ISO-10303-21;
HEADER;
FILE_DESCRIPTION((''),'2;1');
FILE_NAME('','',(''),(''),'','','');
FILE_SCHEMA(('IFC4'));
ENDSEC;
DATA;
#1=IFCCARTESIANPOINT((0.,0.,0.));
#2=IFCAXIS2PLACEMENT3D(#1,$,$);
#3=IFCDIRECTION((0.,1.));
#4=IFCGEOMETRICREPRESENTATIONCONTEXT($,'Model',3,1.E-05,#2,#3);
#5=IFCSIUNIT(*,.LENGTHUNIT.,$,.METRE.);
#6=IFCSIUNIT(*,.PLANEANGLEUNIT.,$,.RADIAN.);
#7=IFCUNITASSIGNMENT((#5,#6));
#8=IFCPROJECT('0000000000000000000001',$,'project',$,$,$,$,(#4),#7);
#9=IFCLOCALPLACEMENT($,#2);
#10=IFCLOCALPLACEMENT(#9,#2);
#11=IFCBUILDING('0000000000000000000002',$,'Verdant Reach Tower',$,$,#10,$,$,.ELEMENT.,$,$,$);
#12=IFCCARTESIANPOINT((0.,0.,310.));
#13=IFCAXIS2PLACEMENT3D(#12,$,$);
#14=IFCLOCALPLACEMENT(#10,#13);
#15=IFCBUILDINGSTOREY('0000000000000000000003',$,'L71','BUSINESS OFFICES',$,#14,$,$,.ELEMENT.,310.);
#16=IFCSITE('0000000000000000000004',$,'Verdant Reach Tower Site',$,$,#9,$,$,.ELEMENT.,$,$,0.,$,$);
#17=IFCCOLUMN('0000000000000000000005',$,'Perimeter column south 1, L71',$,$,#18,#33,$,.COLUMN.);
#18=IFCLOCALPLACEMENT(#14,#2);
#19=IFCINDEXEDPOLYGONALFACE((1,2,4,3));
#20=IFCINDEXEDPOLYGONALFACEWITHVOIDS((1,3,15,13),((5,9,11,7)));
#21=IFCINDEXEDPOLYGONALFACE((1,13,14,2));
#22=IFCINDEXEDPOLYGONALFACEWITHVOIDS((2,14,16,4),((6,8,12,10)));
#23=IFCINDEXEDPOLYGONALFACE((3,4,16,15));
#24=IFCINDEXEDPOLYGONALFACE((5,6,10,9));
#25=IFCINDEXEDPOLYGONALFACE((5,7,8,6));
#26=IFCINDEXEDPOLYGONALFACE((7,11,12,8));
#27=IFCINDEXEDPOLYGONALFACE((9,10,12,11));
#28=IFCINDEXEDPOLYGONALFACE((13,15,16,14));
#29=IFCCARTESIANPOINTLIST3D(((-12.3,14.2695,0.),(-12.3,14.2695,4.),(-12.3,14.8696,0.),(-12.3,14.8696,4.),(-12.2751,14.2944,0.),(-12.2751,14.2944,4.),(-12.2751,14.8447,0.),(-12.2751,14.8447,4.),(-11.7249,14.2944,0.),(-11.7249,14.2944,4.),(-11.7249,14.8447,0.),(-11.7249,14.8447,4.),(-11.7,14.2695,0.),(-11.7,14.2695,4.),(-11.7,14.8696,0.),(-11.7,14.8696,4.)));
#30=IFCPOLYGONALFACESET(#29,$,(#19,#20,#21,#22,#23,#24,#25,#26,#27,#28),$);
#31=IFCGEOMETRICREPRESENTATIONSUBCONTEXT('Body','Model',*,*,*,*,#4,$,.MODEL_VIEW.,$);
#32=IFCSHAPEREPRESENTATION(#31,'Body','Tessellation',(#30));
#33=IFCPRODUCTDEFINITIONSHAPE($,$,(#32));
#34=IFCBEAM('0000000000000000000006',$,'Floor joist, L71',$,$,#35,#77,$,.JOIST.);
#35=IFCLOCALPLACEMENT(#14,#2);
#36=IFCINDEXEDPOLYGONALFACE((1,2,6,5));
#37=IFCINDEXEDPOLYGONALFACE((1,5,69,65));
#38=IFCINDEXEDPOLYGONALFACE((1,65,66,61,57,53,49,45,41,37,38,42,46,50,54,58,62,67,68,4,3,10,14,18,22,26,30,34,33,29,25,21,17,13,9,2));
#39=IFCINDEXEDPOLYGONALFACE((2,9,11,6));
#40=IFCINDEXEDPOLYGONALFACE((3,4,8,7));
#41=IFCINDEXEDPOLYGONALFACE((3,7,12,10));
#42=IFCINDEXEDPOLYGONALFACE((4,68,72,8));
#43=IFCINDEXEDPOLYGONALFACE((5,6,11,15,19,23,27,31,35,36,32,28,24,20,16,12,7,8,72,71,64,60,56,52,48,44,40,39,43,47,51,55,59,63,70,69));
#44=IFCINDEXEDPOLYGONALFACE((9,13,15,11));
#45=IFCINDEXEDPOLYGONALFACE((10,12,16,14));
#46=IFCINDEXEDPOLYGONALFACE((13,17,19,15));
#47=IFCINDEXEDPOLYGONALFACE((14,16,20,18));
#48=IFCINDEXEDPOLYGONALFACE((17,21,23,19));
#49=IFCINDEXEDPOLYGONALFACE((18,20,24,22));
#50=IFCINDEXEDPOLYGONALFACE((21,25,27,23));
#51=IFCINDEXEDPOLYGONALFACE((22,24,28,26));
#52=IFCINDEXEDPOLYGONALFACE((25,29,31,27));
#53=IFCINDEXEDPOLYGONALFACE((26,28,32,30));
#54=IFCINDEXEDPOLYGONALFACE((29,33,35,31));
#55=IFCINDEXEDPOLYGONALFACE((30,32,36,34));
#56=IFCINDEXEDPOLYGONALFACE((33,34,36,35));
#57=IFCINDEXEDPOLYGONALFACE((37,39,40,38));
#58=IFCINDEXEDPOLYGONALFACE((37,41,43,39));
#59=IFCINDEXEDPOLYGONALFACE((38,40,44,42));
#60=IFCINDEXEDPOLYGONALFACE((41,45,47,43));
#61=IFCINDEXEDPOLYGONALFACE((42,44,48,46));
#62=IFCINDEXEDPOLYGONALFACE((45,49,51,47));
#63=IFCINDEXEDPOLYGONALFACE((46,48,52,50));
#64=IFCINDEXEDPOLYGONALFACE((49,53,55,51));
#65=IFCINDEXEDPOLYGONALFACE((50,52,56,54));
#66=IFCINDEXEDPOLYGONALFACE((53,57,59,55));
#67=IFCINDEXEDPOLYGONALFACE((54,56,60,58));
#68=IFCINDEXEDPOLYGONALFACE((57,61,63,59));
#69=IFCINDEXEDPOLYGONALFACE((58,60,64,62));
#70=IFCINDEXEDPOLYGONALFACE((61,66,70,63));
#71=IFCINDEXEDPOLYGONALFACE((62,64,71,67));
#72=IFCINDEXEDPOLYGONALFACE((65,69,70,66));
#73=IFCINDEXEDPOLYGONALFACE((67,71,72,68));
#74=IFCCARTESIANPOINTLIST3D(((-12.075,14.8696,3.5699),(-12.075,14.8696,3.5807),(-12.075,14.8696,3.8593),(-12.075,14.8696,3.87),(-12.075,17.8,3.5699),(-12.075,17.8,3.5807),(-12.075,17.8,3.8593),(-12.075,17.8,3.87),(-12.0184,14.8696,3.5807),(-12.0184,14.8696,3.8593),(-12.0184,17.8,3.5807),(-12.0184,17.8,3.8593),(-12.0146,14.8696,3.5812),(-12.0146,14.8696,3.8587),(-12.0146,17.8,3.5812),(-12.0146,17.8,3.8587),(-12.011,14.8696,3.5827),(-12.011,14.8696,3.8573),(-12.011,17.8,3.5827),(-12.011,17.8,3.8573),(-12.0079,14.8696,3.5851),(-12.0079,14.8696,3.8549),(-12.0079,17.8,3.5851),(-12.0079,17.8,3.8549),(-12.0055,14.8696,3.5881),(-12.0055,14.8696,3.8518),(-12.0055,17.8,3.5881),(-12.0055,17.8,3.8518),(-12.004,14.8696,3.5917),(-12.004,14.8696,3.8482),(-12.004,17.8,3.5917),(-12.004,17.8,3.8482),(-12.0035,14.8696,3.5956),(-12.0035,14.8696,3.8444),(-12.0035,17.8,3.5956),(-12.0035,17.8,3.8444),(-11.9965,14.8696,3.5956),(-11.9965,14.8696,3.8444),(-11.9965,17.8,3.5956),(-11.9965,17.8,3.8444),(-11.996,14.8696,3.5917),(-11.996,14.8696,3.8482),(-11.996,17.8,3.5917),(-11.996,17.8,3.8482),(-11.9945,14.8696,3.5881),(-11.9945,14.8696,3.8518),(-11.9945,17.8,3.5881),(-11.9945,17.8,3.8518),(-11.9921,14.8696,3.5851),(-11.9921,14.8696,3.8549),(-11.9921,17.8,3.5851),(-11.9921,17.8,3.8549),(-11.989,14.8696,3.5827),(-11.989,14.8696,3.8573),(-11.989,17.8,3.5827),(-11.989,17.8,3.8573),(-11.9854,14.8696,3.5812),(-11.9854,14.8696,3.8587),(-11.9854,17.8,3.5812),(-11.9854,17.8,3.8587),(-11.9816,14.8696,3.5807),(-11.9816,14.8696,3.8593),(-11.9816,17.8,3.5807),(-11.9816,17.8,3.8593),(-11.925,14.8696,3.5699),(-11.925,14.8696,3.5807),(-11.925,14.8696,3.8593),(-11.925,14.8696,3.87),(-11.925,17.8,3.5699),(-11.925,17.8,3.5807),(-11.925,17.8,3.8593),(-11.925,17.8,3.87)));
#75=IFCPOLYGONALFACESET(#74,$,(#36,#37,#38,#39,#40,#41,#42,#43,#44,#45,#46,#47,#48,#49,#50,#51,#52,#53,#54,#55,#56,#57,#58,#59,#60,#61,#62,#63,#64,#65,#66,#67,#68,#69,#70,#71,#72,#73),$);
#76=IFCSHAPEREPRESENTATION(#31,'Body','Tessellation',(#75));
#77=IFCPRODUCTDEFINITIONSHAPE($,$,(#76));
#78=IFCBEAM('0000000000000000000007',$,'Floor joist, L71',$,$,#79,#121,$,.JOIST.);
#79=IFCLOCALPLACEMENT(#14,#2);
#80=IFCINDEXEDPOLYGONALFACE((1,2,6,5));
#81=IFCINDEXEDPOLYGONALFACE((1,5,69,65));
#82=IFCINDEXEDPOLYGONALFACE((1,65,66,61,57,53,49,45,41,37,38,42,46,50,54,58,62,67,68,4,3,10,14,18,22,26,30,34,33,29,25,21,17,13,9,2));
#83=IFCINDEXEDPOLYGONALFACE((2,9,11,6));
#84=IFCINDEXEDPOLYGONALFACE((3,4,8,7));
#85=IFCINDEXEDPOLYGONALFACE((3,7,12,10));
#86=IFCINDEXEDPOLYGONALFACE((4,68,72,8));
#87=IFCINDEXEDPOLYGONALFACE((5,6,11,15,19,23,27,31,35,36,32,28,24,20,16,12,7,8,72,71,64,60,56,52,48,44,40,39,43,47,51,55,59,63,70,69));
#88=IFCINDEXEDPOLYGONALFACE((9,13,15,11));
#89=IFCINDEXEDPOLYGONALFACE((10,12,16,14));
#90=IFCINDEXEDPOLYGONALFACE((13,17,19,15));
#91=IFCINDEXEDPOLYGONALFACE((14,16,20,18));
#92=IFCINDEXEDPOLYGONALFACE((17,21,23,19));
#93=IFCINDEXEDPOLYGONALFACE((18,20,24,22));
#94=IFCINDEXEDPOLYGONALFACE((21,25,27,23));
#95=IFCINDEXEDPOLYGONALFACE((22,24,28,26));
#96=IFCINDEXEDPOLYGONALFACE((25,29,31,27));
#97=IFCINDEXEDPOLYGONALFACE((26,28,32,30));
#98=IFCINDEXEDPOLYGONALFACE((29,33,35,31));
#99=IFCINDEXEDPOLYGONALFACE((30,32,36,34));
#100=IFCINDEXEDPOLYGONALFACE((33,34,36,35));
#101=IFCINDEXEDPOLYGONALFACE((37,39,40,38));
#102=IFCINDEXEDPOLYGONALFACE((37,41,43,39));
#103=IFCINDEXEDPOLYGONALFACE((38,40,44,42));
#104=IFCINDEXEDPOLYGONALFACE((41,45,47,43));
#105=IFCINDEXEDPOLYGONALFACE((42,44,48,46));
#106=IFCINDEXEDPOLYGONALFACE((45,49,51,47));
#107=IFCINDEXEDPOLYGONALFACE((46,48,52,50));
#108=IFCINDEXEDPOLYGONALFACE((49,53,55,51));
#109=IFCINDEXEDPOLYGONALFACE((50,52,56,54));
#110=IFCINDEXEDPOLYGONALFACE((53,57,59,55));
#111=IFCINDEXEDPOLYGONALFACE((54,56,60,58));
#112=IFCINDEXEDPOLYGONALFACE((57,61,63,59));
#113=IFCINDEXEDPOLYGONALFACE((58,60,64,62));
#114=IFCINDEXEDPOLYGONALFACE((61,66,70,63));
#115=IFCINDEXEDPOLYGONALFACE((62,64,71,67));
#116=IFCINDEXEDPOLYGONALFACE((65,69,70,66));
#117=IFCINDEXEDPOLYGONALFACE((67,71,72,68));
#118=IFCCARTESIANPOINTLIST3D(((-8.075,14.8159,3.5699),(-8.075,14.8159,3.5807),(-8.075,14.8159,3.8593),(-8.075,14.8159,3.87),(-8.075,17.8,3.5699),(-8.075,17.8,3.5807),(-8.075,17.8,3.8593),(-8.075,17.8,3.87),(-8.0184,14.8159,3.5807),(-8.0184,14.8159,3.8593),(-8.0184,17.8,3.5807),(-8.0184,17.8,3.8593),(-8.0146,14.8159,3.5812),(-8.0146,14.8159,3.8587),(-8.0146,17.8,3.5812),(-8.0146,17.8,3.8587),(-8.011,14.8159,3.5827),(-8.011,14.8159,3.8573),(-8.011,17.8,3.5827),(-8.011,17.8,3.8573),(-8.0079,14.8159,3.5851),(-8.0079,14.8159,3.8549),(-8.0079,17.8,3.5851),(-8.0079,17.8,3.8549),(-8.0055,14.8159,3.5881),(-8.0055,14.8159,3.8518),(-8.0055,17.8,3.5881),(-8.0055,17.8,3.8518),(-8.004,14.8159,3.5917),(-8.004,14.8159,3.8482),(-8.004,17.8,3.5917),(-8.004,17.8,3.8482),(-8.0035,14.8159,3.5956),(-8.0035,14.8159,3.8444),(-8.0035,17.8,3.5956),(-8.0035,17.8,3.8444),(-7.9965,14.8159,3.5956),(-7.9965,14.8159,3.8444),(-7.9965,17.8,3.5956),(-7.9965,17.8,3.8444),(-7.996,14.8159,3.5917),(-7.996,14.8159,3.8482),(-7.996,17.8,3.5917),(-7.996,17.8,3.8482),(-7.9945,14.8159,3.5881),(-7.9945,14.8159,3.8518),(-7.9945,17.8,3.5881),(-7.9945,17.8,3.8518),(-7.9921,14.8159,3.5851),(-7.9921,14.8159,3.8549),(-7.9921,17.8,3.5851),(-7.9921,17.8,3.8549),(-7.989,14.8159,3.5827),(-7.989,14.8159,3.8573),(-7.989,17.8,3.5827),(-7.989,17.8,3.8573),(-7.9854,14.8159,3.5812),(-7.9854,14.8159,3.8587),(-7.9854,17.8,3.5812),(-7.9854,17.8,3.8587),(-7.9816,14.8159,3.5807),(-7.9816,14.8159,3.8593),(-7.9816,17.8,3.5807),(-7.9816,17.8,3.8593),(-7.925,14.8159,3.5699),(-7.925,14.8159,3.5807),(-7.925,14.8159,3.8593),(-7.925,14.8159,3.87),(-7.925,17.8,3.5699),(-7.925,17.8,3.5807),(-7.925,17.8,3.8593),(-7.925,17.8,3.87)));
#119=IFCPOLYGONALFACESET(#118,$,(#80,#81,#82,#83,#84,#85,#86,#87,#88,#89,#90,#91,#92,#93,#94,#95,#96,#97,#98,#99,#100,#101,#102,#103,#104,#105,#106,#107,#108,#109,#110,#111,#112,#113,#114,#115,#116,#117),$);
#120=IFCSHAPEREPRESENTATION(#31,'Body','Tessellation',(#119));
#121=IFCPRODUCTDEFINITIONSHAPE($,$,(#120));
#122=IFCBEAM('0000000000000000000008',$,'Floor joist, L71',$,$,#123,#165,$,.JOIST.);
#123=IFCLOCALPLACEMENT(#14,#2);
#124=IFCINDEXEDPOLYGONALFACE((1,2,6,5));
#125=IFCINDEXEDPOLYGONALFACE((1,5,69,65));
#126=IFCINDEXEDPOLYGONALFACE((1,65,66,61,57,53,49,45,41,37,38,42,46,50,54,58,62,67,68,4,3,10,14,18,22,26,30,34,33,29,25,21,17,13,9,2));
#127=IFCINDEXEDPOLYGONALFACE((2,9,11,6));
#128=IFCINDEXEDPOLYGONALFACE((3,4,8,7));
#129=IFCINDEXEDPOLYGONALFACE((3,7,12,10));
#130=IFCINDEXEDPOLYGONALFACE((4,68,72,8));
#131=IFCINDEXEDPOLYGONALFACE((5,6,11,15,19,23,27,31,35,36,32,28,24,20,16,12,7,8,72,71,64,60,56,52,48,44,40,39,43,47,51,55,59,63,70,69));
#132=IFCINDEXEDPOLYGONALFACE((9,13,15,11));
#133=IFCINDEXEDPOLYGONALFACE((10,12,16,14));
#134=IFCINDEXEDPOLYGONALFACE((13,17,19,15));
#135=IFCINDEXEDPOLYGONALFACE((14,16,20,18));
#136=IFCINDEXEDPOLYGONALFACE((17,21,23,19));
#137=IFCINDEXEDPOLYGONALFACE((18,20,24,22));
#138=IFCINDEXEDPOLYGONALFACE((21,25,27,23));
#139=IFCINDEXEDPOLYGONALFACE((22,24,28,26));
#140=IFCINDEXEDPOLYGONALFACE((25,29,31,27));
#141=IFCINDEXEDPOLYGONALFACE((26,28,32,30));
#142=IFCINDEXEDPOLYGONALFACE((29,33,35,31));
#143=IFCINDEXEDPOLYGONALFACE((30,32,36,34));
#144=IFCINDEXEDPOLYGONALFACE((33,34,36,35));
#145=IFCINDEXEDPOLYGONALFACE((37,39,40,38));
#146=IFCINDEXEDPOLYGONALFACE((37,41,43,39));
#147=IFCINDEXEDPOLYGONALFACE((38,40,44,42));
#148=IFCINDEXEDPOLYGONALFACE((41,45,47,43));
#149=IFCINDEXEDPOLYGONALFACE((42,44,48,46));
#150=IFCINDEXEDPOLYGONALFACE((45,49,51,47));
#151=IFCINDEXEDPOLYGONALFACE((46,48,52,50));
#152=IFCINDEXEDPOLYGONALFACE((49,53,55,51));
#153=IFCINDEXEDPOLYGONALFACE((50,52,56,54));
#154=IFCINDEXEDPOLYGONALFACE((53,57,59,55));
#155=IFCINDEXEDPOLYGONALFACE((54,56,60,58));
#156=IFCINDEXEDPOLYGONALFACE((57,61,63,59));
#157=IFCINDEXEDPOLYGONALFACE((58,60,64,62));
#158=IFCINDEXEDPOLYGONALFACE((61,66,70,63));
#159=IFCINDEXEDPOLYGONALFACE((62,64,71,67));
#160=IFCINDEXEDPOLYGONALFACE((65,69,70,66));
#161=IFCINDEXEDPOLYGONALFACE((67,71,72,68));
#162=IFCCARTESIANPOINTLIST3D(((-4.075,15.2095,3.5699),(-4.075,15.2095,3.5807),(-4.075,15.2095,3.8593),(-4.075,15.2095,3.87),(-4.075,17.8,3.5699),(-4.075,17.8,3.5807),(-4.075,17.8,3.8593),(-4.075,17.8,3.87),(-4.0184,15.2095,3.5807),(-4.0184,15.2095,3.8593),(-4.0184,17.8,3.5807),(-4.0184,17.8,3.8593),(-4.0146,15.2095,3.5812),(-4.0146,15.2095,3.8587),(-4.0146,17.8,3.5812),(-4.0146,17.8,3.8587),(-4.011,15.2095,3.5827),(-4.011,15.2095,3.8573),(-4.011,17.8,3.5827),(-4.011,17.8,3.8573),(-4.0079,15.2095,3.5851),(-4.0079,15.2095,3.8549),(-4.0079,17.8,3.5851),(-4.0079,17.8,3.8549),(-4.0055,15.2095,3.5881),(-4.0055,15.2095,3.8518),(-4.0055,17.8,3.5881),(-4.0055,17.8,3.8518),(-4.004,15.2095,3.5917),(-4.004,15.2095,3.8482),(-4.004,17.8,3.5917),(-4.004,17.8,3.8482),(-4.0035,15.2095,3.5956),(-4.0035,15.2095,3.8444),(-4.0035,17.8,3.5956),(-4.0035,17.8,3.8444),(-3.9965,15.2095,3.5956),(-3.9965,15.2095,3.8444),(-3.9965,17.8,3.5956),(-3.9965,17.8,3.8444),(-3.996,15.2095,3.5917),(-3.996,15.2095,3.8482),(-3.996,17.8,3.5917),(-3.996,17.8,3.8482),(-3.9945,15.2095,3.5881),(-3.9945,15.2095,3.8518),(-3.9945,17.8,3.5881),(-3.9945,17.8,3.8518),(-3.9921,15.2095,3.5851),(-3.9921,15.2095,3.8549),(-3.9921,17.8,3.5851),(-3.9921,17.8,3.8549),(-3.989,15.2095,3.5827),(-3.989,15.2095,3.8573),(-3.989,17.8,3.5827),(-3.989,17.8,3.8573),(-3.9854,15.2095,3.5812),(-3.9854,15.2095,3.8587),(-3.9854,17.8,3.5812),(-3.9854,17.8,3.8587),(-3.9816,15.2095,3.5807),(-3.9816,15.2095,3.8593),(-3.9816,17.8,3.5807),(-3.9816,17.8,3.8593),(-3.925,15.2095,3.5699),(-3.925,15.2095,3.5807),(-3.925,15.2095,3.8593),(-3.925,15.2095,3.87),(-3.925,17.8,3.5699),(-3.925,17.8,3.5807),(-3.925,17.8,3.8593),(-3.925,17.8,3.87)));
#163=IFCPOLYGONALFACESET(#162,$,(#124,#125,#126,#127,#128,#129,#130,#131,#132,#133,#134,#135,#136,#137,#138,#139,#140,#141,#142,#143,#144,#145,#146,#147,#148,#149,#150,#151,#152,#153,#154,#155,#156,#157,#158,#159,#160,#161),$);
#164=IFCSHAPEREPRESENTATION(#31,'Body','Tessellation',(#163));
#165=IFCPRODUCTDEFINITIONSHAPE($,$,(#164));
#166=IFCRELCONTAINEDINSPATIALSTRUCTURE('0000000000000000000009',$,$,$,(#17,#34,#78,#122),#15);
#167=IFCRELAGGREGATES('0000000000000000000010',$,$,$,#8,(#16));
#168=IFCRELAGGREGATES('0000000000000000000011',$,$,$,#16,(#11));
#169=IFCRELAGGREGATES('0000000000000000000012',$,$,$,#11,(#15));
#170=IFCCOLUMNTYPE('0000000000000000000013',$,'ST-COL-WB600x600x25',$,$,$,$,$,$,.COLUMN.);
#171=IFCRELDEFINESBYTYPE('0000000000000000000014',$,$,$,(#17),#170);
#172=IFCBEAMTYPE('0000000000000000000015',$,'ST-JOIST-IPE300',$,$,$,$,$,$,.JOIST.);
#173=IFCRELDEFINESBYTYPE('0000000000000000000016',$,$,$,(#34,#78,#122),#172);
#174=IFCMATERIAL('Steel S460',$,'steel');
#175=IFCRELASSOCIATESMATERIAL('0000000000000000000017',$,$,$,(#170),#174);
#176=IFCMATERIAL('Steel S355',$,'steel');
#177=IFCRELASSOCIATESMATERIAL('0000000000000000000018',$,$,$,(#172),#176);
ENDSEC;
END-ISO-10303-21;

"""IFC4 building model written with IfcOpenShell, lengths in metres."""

from ifc_helpers import new_model, si_unit, direction, frame, origin, origin_2d, place, context, subcontext, project, spatial, hollow_rectangle, i_section, extrude, material, material_profile, profile_set, type_object, element, save


model = new_model("IFC4")

# Units and contexts
model_context = context("Model", 3, precision=1e-05, world=origin(), true_north=direction((0.0, 1.0)))
body_context = subcontext(model_context, "Body", "Model", "MODEL_VIEW")
ifc_project = project(units=[si_unit("LENGTHUNIT", "METRE"), si_unit("PLANEANGLEUNIT", "RADIAN")], contexts=[model_context])

# Site, building, storey
site_placement = place(None, origin())
site = spatial("IfcSite", under=ifc_project, at=site_placement, Name="Verdant Reach Tower Site", CompositionType="ELEMENT", RefElevation=0.0)
building_placement = place(site_placement, origin())
building = spatial("IfcBuilding", under=site, at=building_placement, Name="Verdant Reach Tower", CompositionType="ELEMENT")
storey_placement = place(building_placement, frame((0.0, 0.0, 310.0)))
storey = spatial("IfcBuildingStorey", under=building, at=storey_placement, Name="L71", Description="BUSINESS OFFICES", CompositionType="ELEMENT", Elevation=310.0)

# Column
ifc_material_1 = material(Name="Steel S460", Category="steel")
ifc_material_profile_1 = material_profile(ifc_material_1, hollow_rectangle(XDim=0.6001, YDim=0.6001, WallThickness=0.0249, at=origin_2d()), Name="WB 600x600x25")
ifc_profile_set_1 = profile_set([ifc_material_profile_1], Name="Steel S460")
column_type = type_object("IfcColumnType", Name="ST-COL-WB600x600x25", PredefinedType="COLUMN", material=ifc_profile_set_1)
column_placement = place(storey_placement, frame((-12.0, 14.5696, 0.0), z_axis=(0.0, 0.0, 1.0), x_axis=(1.0, 0.0, 0.0)))
element("IfcColumn", 1, at=column_placement, inside=storey, type_object=column_type, Name="Perimeter column south 1, L71", PredefinedType="COLUMN", context=body_context, shape_type="SweptSolid", body=[
    extrude(hollow_rectangle(XDim=0.6001, YDim=0.6001, WallThickness=0.0249, at=origin_2d()), origin(), (0.0, 0.0, 1.0), 4.0),
])

# Beams
ifc_material_2 = material(Name="Steel S355", Category="steel")
ifc_material_profile_2 = material_profile(ifc_material_2, i_section(OverallWidth=0.1499, OverallDepth=0.3, WebThickness=0.0071, FlangeThickness=0.0107, FilletRadius=0.0149, at=origin_2d()), Name="IPE 300")
ifc_profile_set_2 = profile_set([ifc_material_profile_2], Name="Steel S355")
beam_type_1 = type_object("IfcBeamType", Name="ST-JOIST-IPE300", PredefinedType="JOIST", material=ifc_profile_set_2)
beam_1_placement = place(storey_placement, frame((-12.0, 17.8, 3.72), z_axis=(0.0, -1.0, 0.0), x_axis=(1.0, 0.0, 0.0)))
element("IfcBeam", 2, at=beam_1_placement, inside=storey, type_object=beam_type_1, Name="Floor joist, L71", PredefinedType="JOIST", context=body_context, shape_type="SweptSolid", body=[
    extrude(i_section(OverallWidth=0.1499, OverallDepth=0.3, WebThickness=0.0071, FlangeThickness=0.0107, FilletRadius=0.0149, at=origin_2d()), origin(), (0.0, 0.0, 1.0), 2.9304),
])
beam_2_placement = place(storey_placement, frame((-8.0, 17.8, 3.72), z_axis=(0.0, -1.0, 0.0), x_axis=(1.0, 0.0, 0.0)))
element("IfcBeam", 3, at=beam_2_placement, inside=storey, type_object=beam_type_1, Name="Floor joist, L71", PredefinedType="JOIST", context=body_context, shape_type="SweptSolid", body=[
    extrude(i_section(OverallWidth=0.1499, OverallDepth=0.3, WebThickness=0.0071, FlangeThickness=0.0107, FilletRadius=0.0149, at=origin_2d()), origin(), (0.0, 0.0, 1.0), 2.9841),
])
beam_3_placement = place(storey_placement, frame((-4.0, 17.8, 3.72), z_axis=(0.0, -1.0, 0.0), x_axis=(1.0, 0.0, 0.0)))
element("IfcBeam", 4, at=beam_3_placement, inside=storey, type_object=beam_type_1, Name="Floor joist, L71", PredefinedType="JOIST", context=body_context, shape_type="SweptSolid", body=[
    extrude(i_section(OverallWidth=0.1499, OverallDepth=0.3, WebThickness=0.0071, FlangeThickness=0.0107, FilletRadius=0.0149, at=origin_2d()), origin(), (0.0, 0.0, 1.0), 2.5906),
])

save(model, "model.ifc")
